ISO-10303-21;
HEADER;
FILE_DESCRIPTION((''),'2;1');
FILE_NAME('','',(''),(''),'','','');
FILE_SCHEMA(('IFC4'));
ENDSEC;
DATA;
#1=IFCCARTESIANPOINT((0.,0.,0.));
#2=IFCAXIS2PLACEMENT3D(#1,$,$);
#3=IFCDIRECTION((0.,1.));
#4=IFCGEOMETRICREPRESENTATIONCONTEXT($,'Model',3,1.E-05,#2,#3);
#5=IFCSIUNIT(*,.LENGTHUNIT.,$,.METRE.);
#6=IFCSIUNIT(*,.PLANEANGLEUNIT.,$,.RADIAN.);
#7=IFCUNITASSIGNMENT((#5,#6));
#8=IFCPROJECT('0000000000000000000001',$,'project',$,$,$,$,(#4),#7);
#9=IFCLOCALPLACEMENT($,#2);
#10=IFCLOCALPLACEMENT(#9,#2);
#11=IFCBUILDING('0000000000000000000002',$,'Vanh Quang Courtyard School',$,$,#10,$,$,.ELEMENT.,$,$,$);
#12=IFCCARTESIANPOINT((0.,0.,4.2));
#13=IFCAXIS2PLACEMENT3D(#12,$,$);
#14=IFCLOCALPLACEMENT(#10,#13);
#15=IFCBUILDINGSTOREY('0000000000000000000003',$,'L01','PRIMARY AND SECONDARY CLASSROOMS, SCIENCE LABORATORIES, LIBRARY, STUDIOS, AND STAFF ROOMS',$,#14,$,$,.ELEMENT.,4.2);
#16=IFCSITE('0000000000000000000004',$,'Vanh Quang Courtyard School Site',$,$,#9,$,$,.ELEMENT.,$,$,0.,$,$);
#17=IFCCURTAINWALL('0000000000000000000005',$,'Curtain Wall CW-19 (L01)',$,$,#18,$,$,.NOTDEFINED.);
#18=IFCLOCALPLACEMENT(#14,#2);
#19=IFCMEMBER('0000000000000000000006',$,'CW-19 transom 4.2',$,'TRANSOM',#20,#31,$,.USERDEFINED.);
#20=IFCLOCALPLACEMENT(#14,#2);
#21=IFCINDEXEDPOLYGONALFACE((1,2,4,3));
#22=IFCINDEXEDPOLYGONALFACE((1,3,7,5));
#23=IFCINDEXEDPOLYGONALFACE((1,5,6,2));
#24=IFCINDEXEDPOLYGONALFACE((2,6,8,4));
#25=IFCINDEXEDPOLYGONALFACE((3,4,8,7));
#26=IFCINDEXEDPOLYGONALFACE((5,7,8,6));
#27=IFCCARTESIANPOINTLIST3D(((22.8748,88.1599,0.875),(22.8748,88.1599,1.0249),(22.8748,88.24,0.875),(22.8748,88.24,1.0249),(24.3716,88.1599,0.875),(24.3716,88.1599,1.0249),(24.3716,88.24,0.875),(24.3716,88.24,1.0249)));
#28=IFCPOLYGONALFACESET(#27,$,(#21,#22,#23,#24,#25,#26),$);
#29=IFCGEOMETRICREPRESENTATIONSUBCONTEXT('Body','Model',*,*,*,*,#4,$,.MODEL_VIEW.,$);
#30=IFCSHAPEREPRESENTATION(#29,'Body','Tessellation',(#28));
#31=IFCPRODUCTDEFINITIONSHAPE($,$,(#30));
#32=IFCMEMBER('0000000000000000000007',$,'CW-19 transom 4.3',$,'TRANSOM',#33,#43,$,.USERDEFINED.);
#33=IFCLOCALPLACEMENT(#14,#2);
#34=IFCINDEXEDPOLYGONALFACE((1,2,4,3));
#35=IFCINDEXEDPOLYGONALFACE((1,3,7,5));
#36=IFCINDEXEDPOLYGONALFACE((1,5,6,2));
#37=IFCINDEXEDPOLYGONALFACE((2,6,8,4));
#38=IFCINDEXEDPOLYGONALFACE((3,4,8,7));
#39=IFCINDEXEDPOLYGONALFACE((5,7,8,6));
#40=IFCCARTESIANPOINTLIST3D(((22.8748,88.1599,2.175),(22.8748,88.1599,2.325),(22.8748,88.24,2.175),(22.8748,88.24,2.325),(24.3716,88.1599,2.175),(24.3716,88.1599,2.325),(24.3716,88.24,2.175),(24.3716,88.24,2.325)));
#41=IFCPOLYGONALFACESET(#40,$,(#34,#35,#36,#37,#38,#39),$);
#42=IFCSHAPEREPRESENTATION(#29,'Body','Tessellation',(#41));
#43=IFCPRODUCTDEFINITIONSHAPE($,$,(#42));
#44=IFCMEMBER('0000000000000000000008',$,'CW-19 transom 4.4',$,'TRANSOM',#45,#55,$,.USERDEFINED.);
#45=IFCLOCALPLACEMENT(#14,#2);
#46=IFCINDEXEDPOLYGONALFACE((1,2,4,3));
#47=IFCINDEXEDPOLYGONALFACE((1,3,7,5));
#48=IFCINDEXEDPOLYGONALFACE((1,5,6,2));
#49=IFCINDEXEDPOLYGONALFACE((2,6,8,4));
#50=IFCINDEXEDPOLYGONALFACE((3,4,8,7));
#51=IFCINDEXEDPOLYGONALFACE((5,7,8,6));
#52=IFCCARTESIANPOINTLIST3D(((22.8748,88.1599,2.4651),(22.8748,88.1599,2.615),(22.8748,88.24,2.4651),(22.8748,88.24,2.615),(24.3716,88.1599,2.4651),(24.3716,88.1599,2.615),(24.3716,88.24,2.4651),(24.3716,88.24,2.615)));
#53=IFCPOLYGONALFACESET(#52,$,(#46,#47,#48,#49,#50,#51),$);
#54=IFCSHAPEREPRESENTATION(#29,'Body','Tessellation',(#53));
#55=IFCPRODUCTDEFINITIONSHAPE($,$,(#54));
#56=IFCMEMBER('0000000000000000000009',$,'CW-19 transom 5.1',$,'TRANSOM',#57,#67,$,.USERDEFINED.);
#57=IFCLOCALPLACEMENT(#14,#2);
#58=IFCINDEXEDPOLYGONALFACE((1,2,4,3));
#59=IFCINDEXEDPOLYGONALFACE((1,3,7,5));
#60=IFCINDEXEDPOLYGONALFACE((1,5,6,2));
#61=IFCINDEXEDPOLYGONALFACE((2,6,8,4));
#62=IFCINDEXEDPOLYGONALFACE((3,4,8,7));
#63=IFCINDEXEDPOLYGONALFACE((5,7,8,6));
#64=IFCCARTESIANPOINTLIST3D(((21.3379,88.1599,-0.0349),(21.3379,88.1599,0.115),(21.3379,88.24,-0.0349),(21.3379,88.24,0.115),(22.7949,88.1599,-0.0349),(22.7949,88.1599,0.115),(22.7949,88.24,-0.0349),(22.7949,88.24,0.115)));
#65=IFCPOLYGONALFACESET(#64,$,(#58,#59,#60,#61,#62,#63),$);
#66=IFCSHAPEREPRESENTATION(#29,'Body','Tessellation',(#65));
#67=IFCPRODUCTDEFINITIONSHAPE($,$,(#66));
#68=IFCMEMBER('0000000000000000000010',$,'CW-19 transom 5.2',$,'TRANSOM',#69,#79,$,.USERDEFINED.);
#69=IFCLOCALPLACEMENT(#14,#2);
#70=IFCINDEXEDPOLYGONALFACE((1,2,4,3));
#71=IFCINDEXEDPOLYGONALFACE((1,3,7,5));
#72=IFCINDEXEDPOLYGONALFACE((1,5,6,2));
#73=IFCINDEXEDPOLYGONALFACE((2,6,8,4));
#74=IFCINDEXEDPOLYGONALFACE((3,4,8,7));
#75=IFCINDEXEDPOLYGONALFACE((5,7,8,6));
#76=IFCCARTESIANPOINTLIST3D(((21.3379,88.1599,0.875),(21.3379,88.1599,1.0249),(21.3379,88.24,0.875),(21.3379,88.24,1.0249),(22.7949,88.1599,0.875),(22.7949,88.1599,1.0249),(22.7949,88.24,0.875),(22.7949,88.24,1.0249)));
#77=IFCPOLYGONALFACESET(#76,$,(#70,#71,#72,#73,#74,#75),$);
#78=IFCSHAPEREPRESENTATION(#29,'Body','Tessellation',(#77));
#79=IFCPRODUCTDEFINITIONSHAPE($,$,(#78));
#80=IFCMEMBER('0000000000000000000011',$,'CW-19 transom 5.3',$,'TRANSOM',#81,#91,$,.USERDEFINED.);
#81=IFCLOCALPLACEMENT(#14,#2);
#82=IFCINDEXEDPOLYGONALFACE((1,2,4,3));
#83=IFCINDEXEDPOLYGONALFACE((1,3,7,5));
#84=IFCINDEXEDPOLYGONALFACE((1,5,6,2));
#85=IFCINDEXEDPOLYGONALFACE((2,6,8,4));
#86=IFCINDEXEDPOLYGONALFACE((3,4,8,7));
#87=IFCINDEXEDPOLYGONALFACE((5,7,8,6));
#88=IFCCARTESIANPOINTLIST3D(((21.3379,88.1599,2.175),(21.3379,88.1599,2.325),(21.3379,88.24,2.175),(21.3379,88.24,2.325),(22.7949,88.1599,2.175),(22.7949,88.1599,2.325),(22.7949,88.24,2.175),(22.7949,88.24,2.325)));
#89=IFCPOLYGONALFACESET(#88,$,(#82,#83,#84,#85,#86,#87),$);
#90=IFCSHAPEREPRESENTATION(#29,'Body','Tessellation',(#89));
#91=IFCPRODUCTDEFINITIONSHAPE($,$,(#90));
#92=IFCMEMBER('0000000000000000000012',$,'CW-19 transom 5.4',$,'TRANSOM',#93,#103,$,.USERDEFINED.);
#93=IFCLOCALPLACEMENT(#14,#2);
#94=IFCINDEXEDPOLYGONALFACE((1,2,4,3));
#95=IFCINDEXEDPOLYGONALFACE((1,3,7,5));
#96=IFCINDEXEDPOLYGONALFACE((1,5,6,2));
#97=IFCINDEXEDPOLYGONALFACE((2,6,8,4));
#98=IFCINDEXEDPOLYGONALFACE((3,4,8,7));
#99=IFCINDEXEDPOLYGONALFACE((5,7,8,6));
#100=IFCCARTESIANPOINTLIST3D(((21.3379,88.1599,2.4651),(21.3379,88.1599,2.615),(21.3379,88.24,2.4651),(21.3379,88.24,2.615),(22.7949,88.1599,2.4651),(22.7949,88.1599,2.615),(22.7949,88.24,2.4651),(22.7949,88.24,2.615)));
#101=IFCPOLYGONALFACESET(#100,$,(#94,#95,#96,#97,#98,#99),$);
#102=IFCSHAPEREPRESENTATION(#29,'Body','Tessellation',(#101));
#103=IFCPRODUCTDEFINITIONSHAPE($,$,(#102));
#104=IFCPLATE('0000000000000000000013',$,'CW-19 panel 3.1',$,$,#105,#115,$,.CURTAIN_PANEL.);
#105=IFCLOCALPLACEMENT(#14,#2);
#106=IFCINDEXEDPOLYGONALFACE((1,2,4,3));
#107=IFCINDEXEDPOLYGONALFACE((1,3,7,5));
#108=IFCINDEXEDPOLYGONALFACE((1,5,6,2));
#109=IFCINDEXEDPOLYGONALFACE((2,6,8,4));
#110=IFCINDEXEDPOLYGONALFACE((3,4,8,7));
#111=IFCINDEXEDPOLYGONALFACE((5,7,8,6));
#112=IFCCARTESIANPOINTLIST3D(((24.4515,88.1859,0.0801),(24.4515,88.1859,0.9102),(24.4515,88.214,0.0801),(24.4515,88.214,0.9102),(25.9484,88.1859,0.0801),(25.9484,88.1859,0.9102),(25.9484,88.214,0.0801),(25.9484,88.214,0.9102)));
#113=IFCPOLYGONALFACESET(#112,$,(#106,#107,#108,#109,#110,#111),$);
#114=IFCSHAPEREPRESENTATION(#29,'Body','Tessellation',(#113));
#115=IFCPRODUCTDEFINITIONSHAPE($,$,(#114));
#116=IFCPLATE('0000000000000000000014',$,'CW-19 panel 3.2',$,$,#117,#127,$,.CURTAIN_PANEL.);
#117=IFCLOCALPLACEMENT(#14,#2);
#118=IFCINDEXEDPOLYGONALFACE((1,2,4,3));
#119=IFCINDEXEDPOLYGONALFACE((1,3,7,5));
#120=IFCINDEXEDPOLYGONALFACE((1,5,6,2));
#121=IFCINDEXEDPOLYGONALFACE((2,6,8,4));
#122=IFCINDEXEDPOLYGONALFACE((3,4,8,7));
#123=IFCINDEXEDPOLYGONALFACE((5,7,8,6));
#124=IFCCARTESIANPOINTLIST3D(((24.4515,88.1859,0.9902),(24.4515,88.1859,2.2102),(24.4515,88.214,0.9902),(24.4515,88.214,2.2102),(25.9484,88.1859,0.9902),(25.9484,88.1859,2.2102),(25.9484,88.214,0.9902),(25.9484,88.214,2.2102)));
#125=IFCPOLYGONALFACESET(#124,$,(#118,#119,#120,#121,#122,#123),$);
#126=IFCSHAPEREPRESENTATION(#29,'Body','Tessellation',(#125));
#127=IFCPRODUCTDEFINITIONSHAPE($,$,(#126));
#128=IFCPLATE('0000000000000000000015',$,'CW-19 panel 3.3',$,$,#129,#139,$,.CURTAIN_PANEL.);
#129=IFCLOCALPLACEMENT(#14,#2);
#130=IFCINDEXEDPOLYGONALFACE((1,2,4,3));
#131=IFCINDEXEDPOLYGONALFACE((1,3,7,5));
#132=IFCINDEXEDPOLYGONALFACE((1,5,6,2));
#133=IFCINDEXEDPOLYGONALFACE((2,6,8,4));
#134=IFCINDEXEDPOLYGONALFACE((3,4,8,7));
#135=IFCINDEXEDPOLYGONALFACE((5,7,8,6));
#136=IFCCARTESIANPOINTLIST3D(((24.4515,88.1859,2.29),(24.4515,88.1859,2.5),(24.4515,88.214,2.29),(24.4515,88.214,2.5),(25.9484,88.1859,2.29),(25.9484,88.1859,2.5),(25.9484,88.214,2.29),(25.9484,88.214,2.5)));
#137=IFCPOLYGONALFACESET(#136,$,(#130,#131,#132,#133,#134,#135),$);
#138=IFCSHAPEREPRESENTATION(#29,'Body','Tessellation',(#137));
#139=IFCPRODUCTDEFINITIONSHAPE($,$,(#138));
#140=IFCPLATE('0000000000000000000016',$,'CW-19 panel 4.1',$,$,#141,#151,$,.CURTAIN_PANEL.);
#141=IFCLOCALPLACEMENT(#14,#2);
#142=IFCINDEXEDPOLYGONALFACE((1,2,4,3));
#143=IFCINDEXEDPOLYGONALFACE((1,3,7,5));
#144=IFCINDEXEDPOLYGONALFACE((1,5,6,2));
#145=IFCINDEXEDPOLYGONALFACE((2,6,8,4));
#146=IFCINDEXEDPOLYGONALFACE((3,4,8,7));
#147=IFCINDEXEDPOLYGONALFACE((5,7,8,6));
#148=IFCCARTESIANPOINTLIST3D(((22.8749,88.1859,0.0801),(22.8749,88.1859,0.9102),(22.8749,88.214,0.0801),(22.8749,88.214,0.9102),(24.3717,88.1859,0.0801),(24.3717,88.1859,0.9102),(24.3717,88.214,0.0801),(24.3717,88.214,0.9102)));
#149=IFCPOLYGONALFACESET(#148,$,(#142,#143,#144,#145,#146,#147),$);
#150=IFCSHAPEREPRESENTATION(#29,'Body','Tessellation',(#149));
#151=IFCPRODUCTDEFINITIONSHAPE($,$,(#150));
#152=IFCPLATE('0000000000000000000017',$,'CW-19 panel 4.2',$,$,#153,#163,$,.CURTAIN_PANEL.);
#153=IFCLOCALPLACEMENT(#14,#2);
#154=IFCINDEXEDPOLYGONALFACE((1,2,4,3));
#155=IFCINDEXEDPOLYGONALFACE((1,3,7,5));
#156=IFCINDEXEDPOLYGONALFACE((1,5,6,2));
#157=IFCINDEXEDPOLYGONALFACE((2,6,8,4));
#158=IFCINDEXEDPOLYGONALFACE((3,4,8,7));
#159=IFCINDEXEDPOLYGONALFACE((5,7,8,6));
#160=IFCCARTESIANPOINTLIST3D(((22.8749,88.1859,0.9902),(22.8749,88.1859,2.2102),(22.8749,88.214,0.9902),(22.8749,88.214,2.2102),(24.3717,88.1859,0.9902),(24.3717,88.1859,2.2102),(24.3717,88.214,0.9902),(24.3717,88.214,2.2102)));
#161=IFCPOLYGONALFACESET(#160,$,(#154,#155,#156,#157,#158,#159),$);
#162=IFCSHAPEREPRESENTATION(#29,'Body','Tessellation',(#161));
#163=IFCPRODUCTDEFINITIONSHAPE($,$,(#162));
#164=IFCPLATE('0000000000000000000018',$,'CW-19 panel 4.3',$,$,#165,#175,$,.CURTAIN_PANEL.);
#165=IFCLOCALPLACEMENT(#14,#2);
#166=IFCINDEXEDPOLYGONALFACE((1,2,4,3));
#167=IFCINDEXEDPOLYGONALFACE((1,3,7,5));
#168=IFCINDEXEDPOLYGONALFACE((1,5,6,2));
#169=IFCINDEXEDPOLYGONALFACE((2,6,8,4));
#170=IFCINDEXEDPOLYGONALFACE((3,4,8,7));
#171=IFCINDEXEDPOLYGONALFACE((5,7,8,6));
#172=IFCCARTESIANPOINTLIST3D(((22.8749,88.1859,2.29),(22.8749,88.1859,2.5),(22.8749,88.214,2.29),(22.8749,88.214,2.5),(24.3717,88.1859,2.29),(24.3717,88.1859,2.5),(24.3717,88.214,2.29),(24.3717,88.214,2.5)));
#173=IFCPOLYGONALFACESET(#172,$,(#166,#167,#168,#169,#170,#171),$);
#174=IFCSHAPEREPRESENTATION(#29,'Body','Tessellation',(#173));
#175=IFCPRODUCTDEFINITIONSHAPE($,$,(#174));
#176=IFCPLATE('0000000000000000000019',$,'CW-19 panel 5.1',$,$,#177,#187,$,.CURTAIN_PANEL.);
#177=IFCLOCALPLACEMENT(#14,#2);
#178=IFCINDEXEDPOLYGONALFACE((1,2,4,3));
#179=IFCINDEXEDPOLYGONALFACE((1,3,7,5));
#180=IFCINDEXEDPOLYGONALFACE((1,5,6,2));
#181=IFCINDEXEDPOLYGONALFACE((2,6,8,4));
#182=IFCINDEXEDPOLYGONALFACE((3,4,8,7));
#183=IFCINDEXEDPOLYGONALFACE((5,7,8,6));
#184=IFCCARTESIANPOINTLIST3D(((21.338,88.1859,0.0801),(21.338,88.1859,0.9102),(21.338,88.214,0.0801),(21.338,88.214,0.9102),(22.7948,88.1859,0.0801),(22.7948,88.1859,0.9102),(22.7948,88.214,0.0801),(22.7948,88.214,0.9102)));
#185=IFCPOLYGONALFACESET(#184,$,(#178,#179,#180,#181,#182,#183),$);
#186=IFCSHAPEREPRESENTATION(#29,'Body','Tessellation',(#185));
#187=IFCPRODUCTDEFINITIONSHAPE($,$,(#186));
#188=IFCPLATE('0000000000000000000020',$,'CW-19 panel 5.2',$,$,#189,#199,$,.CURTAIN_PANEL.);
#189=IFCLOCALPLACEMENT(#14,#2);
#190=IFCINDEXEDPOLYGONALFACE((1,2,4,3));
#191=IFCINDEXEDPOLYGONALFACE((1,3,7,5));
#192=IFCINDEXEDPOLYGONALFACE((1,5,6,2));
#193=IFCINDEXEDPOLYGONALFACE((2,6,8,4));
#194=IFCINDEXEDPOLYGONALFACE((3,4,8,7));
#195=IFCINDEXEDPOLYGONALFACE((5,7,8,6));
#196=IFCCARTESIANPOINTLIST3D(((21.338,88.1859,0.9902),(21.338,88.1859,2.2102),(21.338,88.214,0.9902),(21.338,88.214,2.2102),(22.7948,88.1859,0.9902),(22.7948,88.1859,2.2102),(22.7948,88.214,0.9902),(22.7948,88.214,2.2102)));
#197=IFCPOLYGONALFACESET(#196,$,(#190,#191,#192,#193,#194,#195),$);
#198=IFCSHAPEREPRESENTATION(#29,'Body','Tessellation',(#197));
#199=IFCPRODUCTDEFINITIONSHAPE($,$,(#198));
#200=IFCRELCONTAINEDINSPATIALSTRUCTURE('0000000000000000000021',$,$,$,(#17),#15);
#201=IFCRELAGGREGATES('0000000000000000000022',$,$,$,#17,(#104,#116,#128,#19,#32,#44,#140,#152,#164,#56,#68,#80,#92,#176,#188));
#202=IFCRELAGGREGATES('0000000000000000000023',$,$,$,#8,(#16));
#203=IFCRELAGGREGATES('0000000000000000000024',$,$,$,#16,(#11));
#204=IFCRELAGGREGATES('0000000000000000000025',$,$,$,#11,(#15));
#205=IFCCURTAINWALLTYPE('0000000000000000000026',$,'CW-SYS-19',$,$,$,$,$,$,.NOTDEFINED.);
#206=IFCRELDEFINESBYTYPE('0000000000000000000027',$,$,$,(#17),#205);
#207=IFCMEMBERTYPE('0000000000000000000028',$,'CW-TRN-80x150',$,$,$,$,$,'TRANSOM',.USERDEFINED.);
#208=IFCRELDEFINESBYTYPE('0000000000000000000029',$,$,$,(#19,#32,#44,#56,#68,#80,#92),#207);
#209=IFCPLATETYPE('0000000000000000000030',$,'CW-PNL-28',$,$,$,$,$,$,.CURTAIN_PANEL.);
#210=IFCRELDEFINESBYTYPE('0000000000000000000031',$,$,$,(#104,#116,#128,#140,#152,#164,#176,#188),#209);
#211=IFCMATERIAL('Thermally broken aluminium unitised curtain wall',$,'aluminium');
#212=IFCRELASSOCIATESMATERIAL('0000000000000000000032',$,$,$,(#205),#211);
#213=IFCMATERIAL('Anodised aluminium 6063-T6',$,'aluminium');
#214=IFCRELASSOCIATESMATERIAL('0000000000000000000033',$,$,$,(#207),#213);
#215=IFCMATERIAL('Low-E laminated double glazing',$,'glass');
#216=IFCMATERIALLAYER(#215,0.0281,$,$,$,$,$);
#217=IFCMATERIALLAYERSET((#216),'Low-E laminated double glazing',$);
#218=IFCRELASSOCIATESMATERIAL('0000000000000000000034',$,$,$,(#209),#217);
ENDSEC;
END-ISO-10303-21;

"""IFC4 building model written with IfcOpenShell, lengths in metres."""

from ifc_helpers import new_model, si_unit, direction, frame, origin, origin_2d, place, context, subcontext, project, spatial, rectangle, extrude, material, layer, layer_set, material_profile, profile_set, type_object, element, aggregate, save


model = new_model("IFC4")

# Units and contexts
model_context = context("Model", 3, precision=1e-05, world=origin(), true_north=direction((0.0, 1.0)))
body_context = subcontext(model_context, "Body", "Model", "MODEL_VIEW")
ifc_project = project(units=[si_unit("LENGTHUNIT", "METRE"), si_unit("PLANEANGLEUNIT", "RADIAN")], contexts=[model_context])

# Site, building, storey
site_placement = place(None, origin())
site = spatial("IfcSite", under=ifc_project, at=site_placement, Name="Vanh Quang Courtyard School Site", CompositionType="ELEMENT", RefElevation=0.0)
building_placement = place(site_placement, origin())
building = spatial("IfcBuilding", under=site, at=building_placement, Name="Vanh Quang Courtyard School", CompositionType="ELEMENT")
storey_placement = place(building_placement, frame((0.0, 0.0, 4.2)))
storey = spatial("IfcBuildingStorey", under=building, at=storey_placement, Name="L01", Description="PRIMARY AND SECONDARY CLASSROOMS, SCIENCE LABORATORIES, LIBRARY, STUDIOS, AND STAFF ROOMS", CompositionType="ELEMENT", Elevation=4.2)

# Shared definitions
ifc_material_1 = material(Name="Thermally broken aluminium unitised curtain wall", Category="aluminium")
curtain_wall_type = type_object("IfcCurtainWallType", Name="CW-SYS-19", PredefinedType="NOTDEFINED", material=ifc_material_1)
ifc_material_2 = material(Name="Anodised aluminium 6063-T6", Category="aluminium")

# Curtain wall
curtain_wall_1_placement = place(storey_placement, origin())
curtain_wall_1 = element("IfcCurtainWall", 1, at=curtain_wall_1_placement, inside=storey, type_object=curtain_wall_type, Name="Curtain Wall CW-19 (L01)", PredefinedType="NOTDEFINED")

# Members
ifc_material_profile_1 = material_profile(ifc_material_2, rectangle(XDim=0.0801, YDim=0.1499, at=origin_2d()), Name="ALU-TRN 80x150")
ifc_profile_set_1 = profile_set([ifc_material_profile_1], Name="Anodised aluminium 6063-T6")
member_type_1 = type_object("IfcMemberType", Name="CW-TRN-80x150", ElementType="TRANSOM", PredefinedType="USERDEFINED", material=ifc_profile_set_1)
member_1_placement = place(storey_placement, frame((24.3716, 88.2, 0.95), z_axis=(-1.0, 0.0, 0.0), x_axis=(0.0, -1.0, 0.0)))
member_1 = element("IfcMember", 2, at=member_1_placement, type_object=member_type_1, Name="CW-19 transom 4.2", ObjectType="TRANSOM", PredefinedType="USERDEFINED", context=body_context, shape_type="SweptSolid", body=[
    extrude(rectangle(XDim=0.0801, YDim=0.1499, at=origin_2d()), origin(), (0.0, 0.0, 1.0), 1.4968),
])
member_2_placement = place(storey_placement, frame((24.3716, 88.2, 2.25), z_axis=(-1.0, 0.0, 0.0), x_axis=(0.0, -1.0, 0.0)))
member_2 = element("IfcMember", 3, at=member_2_placement, type_object=member_type_1, Name="CW-19 transom 4.3", ObjectType="TRANSOM", PredefinedType="USERDEFINED", context=body_context, shape_type="SweptSolid", body=[
    extrude(rectangle(XDim=0.0801, YDim=0.1499, at=origin_2d()), origin(), (0.0, 0.0, 1.0), 1.4968),
])
member_3_placement = place(storey_placement, frame((24.3716, 88.2, 2.54), z_axis=(-1.0, 0.0, 0.0), x_axis=(0.0, -1.0, 0.0)))
member_3 = element("IfcMember", 4, at=member_3_placement, type_object=member_type_1, Name="CW-19 transom 4.4", ObjectType="TRANSOM", PredefinedType="USERDEFINED", context=body_context, shape_type="SweptSolid", body=[
    extrude(rectangle(XDim=0.0801, YDim=0.1499, at=origin_2d()), origin(), (0.0, 0.0, 1.0), 1.4968),
])
member_4_placement = place(storey_placement, frame((22.7949, 88.2, 0.04), z_axis=(-1.0, 0.0, 0.0), x_axis=(0.0, -1.0, 0.0)))
member_4 = element("IfcMember", 5, at=member_4_placement, type_object=member_type_1, Name="CW-19 transom 5.1", ObjectType="TRANSOM", PredefinedType="USERDEFINED", context=body_context, shape_type="SweptSolid", body=[
    extrude(rectangle(XDim=0.0801, YDim=0.1499, at=origin_2d()), origin(), (0.0, 0.0, 1.0), 1.457),
])
member_5_placement = place(storey_placement, frame((22.7949, 88.2, 0.95), z_axis=(-1.0, 0.0, 0.0), x_axis=(0.0, -1.0, 0.0)))
member_5 = element("IfcMember", 6, at=member_5_placement, type_object=member_type_1, Name="CW-19 transom 5.2", ObjectType="TRANSOM", PredefinedType="USERDEFINED", context=body_context, shape_type="SweptSolid", body=[
    extrude(rectangle(XDim=0.0801, YDim=0.1499, at=origin_2d()), origin(), (0.0, 0.0, 1.0), 1.457),
])
member_6_placement = place(storey_placement, frame((22.7949, 88.2, 2.25), z_axis=(-1.0, 0.0, 0.0), x_axis=(0.0, -1.0, 0.0)))
member_6 = element("IfcMember", 7, at=member_6_placement, type_object=member_type_1, Name="CW-19 transom 5.3", ObjectType="TRANSOM", PredefinedType="USERDEFINED", context=body_context, shape_type="SweptSolid", body=[
    extrude(rectangle(XDim=0.0801, YDim=0.1499, at=origin_2d()), origin(), (0.0, 0.0, 1.0), 1.457),
])
member_7_placement = place(storey_placement, frame((22.7949, 88.2, 2.54), z_axis=(-1.0, 0.0, 0.0), x_axis=(0.0, -1.0, 0.0)))
member_7 = element("IfcMember", 8, at=member_7_placement, type_object=member_type_1, Name="CW-19 transom 5.4", ObjectType="TRANSOM", PredefinedType="USERDEFINED", context=body_context, shape_type="SweptSolid", body=[
    extrude(rectangle(XDim=0.0801, YDim=0.1499, at=origin_2d()), origin(), (0.0, 0.0, 1.0), 1.457),
])

# Plates
ifc_material_3 = material(Name="Low-E laminated double glazing", Category="glass")
ifc_layer_1 = layer(ifc_material_3, 0.0281)
ifc_layer_set_1 = layer_set([ifc_layer_1], Name="Low-E laminated double glazing")
plate_type = type_object("IfcPlateType", Name="CW-PNL-28", PredefinedType="CURTAIN_PANEL", material=ifc_layer_set_1)
plate_1_placement = place(storey_placement, frame((25.2, 88.2, 0.0801), z_axis=(0.0, 0.0, 1.0), x_axis=(-1.0, 0.0, 0.0)))
plate_1 = element("IfcPlate", 9, at=plate_1_placement, type_object=plate_type, Name="CW-19 panel 3.1", PredefinedType="CURTAIN_PANEL", context=body_context, shape_type="SweptSolid", body=[
    extrude(rectangle(XDim=1.4968, YDim=0.0281, at=origin_2d()), origin(), (0.0, 0.0, 1.0), 0.8301),
])
plate_2_placement = place(storey_placement, frame((25.2, 88.2, 0.9902), z_axis=(0.0, 0.0, 1.0), x_axis=(-1.0, 0.0, 0.0)))
plate_2 = element("IfcPlate", 10, at=plate_2_placement, type_object=plate_type, Name="CW-19 panel 3.2", PredefinedType="CURTAIN_PANEL", context=body_context, shape_type="SweptSolid", body=[
    extrude(rectangle(XDim=1.4968, YDim=0.0281, at=origin_2d()), origin(), (0.0, 0.0, 1.0), 1.22),
])
plate_3_placement = place(storey_placement, frame((25.2, 88.2, 2.29), z_axis=(0.0, 0.0, 1.0), x_axis=(-1.0, 0.0, 0.0)))
plate_3 = element("IfcPlate", 11, at=plate_3_placement, type_object=plate_type, Name="CW-19 panel 3.3", PredefinedType="CURTAIN_PANEL", context=body_context, shape_type="SweptSolid", body=[
    extrude(rectangle(XDim=1.4968, YDim=0.0281, at=origin_2d()), origin(), (0.0, 0.0, 1.0), 0.21),
])
plate_4_placement = place(storey_placement, frame((23.6233, 88.2, 0.0801), z_axis=(0.0, 0.0, 1.0), x_axis=(-1.0, 0.0, 0.0)))
plate_4 = element("IfcPlate", 12, at=plate_4_placement, type_object=plate_type, Name="CW-19 panel 4.1", PredefinedType="CURTAIN_PANEL", context=body_context, shape_type="SweptSolid", body=[
    extrude(rectangle(XDim=1.4968, YDim=0.0281, at=origin_2d()), origin(), (0.0, 0.0, 1.0), 0.8301),
])
plate_5_placement = place(storey_placement, frame((23.6233, 88.2, 0.9902), z_axis=(0.0, 0.0, 1.0), x_axis=(-1.0, 0.0, 0.0)))
plate_5 = element("IfcPlate", 13, at=plate_5_placement, type_object=plate_type, Name="CW-19 panel 4.2", PredefinedType="CURTAIN_PANEL", context=body_context, shape_type="SweptSolid", body=[
    extrude(rectangle(XDim=1.4968, YDim=0.0281, at=origin_2d()), origin(), (0.0, 0.0, 1.0), 1.22),
])
plate_6_placement = place(storey_placement, frame((23.6233, 88.2, 2.29), z_axis=(0.0, 0.0, 1.0), x_axis=(-1.0, 0.0, 0.0)))
plate_6 = element("IfcPlate", 14, at=plate_6_placement, type_object=plate_type, Name="CW-19 panel 4.3", PredefinedType="CURTAIN_PANEL", context=body_context, shape_type="SweptSolid", body=[
    extrude(rectangle(XDim=1.4968, YDim=0.0281, at=origin_2d()), origin(), (0.0, 0.0, 1.0), 0.21),
])
plate_7_placement = place(storey_placement, frame((22.0664, 88.2, 0.0801), z_axis=(0.0, 0.0, 1.0), x_axis=(-1.0, 0.0, 0.0)))
plate_7 = element("IfcPlate", 15, at=plate_7_placement, type_object=plate_type, Name="CW-19 panel 5.1", PredefinedType="CURTAIN_PANEL", context=body_context, shape_type="SweptSolid", body=[
    extrude(rectangle(XDim=1.4568, YDim=0.0281, at=origin_2d()), origin(), (0.0, 0.0, 1.0), 0.8301),
])
plate_8_placement = place(storey_placement, frame((22.0664, 88.2, 0.9902), z_axis=(0.0, 0.0, 1.0), x_axis=(-1.0, 0.0, 0.0)))
plate_8 = element("IfcPlate", 16, at=plate_8_placement, type_object=plate_type, Name="CW-19 panel 5.2", PredefinedType="CURTAIN_PANEL", context=body_context, shape_type="SweptSolid", body=[
    extrude(rectangle(XDim=1.4568, YDim=0.0281, at=origin_2d()), origin(), (0.0, 0.0, 1.0), 1.22),
])
aggregate(curtain_wall_1, [plate_1, plate_2, plate_3, member_1, member_2, member_3, plate_4, plate_5, plate_6, member_4, member_5, member_6, member_7, plate_7, plate_8])

save(model, "model.ifc")
